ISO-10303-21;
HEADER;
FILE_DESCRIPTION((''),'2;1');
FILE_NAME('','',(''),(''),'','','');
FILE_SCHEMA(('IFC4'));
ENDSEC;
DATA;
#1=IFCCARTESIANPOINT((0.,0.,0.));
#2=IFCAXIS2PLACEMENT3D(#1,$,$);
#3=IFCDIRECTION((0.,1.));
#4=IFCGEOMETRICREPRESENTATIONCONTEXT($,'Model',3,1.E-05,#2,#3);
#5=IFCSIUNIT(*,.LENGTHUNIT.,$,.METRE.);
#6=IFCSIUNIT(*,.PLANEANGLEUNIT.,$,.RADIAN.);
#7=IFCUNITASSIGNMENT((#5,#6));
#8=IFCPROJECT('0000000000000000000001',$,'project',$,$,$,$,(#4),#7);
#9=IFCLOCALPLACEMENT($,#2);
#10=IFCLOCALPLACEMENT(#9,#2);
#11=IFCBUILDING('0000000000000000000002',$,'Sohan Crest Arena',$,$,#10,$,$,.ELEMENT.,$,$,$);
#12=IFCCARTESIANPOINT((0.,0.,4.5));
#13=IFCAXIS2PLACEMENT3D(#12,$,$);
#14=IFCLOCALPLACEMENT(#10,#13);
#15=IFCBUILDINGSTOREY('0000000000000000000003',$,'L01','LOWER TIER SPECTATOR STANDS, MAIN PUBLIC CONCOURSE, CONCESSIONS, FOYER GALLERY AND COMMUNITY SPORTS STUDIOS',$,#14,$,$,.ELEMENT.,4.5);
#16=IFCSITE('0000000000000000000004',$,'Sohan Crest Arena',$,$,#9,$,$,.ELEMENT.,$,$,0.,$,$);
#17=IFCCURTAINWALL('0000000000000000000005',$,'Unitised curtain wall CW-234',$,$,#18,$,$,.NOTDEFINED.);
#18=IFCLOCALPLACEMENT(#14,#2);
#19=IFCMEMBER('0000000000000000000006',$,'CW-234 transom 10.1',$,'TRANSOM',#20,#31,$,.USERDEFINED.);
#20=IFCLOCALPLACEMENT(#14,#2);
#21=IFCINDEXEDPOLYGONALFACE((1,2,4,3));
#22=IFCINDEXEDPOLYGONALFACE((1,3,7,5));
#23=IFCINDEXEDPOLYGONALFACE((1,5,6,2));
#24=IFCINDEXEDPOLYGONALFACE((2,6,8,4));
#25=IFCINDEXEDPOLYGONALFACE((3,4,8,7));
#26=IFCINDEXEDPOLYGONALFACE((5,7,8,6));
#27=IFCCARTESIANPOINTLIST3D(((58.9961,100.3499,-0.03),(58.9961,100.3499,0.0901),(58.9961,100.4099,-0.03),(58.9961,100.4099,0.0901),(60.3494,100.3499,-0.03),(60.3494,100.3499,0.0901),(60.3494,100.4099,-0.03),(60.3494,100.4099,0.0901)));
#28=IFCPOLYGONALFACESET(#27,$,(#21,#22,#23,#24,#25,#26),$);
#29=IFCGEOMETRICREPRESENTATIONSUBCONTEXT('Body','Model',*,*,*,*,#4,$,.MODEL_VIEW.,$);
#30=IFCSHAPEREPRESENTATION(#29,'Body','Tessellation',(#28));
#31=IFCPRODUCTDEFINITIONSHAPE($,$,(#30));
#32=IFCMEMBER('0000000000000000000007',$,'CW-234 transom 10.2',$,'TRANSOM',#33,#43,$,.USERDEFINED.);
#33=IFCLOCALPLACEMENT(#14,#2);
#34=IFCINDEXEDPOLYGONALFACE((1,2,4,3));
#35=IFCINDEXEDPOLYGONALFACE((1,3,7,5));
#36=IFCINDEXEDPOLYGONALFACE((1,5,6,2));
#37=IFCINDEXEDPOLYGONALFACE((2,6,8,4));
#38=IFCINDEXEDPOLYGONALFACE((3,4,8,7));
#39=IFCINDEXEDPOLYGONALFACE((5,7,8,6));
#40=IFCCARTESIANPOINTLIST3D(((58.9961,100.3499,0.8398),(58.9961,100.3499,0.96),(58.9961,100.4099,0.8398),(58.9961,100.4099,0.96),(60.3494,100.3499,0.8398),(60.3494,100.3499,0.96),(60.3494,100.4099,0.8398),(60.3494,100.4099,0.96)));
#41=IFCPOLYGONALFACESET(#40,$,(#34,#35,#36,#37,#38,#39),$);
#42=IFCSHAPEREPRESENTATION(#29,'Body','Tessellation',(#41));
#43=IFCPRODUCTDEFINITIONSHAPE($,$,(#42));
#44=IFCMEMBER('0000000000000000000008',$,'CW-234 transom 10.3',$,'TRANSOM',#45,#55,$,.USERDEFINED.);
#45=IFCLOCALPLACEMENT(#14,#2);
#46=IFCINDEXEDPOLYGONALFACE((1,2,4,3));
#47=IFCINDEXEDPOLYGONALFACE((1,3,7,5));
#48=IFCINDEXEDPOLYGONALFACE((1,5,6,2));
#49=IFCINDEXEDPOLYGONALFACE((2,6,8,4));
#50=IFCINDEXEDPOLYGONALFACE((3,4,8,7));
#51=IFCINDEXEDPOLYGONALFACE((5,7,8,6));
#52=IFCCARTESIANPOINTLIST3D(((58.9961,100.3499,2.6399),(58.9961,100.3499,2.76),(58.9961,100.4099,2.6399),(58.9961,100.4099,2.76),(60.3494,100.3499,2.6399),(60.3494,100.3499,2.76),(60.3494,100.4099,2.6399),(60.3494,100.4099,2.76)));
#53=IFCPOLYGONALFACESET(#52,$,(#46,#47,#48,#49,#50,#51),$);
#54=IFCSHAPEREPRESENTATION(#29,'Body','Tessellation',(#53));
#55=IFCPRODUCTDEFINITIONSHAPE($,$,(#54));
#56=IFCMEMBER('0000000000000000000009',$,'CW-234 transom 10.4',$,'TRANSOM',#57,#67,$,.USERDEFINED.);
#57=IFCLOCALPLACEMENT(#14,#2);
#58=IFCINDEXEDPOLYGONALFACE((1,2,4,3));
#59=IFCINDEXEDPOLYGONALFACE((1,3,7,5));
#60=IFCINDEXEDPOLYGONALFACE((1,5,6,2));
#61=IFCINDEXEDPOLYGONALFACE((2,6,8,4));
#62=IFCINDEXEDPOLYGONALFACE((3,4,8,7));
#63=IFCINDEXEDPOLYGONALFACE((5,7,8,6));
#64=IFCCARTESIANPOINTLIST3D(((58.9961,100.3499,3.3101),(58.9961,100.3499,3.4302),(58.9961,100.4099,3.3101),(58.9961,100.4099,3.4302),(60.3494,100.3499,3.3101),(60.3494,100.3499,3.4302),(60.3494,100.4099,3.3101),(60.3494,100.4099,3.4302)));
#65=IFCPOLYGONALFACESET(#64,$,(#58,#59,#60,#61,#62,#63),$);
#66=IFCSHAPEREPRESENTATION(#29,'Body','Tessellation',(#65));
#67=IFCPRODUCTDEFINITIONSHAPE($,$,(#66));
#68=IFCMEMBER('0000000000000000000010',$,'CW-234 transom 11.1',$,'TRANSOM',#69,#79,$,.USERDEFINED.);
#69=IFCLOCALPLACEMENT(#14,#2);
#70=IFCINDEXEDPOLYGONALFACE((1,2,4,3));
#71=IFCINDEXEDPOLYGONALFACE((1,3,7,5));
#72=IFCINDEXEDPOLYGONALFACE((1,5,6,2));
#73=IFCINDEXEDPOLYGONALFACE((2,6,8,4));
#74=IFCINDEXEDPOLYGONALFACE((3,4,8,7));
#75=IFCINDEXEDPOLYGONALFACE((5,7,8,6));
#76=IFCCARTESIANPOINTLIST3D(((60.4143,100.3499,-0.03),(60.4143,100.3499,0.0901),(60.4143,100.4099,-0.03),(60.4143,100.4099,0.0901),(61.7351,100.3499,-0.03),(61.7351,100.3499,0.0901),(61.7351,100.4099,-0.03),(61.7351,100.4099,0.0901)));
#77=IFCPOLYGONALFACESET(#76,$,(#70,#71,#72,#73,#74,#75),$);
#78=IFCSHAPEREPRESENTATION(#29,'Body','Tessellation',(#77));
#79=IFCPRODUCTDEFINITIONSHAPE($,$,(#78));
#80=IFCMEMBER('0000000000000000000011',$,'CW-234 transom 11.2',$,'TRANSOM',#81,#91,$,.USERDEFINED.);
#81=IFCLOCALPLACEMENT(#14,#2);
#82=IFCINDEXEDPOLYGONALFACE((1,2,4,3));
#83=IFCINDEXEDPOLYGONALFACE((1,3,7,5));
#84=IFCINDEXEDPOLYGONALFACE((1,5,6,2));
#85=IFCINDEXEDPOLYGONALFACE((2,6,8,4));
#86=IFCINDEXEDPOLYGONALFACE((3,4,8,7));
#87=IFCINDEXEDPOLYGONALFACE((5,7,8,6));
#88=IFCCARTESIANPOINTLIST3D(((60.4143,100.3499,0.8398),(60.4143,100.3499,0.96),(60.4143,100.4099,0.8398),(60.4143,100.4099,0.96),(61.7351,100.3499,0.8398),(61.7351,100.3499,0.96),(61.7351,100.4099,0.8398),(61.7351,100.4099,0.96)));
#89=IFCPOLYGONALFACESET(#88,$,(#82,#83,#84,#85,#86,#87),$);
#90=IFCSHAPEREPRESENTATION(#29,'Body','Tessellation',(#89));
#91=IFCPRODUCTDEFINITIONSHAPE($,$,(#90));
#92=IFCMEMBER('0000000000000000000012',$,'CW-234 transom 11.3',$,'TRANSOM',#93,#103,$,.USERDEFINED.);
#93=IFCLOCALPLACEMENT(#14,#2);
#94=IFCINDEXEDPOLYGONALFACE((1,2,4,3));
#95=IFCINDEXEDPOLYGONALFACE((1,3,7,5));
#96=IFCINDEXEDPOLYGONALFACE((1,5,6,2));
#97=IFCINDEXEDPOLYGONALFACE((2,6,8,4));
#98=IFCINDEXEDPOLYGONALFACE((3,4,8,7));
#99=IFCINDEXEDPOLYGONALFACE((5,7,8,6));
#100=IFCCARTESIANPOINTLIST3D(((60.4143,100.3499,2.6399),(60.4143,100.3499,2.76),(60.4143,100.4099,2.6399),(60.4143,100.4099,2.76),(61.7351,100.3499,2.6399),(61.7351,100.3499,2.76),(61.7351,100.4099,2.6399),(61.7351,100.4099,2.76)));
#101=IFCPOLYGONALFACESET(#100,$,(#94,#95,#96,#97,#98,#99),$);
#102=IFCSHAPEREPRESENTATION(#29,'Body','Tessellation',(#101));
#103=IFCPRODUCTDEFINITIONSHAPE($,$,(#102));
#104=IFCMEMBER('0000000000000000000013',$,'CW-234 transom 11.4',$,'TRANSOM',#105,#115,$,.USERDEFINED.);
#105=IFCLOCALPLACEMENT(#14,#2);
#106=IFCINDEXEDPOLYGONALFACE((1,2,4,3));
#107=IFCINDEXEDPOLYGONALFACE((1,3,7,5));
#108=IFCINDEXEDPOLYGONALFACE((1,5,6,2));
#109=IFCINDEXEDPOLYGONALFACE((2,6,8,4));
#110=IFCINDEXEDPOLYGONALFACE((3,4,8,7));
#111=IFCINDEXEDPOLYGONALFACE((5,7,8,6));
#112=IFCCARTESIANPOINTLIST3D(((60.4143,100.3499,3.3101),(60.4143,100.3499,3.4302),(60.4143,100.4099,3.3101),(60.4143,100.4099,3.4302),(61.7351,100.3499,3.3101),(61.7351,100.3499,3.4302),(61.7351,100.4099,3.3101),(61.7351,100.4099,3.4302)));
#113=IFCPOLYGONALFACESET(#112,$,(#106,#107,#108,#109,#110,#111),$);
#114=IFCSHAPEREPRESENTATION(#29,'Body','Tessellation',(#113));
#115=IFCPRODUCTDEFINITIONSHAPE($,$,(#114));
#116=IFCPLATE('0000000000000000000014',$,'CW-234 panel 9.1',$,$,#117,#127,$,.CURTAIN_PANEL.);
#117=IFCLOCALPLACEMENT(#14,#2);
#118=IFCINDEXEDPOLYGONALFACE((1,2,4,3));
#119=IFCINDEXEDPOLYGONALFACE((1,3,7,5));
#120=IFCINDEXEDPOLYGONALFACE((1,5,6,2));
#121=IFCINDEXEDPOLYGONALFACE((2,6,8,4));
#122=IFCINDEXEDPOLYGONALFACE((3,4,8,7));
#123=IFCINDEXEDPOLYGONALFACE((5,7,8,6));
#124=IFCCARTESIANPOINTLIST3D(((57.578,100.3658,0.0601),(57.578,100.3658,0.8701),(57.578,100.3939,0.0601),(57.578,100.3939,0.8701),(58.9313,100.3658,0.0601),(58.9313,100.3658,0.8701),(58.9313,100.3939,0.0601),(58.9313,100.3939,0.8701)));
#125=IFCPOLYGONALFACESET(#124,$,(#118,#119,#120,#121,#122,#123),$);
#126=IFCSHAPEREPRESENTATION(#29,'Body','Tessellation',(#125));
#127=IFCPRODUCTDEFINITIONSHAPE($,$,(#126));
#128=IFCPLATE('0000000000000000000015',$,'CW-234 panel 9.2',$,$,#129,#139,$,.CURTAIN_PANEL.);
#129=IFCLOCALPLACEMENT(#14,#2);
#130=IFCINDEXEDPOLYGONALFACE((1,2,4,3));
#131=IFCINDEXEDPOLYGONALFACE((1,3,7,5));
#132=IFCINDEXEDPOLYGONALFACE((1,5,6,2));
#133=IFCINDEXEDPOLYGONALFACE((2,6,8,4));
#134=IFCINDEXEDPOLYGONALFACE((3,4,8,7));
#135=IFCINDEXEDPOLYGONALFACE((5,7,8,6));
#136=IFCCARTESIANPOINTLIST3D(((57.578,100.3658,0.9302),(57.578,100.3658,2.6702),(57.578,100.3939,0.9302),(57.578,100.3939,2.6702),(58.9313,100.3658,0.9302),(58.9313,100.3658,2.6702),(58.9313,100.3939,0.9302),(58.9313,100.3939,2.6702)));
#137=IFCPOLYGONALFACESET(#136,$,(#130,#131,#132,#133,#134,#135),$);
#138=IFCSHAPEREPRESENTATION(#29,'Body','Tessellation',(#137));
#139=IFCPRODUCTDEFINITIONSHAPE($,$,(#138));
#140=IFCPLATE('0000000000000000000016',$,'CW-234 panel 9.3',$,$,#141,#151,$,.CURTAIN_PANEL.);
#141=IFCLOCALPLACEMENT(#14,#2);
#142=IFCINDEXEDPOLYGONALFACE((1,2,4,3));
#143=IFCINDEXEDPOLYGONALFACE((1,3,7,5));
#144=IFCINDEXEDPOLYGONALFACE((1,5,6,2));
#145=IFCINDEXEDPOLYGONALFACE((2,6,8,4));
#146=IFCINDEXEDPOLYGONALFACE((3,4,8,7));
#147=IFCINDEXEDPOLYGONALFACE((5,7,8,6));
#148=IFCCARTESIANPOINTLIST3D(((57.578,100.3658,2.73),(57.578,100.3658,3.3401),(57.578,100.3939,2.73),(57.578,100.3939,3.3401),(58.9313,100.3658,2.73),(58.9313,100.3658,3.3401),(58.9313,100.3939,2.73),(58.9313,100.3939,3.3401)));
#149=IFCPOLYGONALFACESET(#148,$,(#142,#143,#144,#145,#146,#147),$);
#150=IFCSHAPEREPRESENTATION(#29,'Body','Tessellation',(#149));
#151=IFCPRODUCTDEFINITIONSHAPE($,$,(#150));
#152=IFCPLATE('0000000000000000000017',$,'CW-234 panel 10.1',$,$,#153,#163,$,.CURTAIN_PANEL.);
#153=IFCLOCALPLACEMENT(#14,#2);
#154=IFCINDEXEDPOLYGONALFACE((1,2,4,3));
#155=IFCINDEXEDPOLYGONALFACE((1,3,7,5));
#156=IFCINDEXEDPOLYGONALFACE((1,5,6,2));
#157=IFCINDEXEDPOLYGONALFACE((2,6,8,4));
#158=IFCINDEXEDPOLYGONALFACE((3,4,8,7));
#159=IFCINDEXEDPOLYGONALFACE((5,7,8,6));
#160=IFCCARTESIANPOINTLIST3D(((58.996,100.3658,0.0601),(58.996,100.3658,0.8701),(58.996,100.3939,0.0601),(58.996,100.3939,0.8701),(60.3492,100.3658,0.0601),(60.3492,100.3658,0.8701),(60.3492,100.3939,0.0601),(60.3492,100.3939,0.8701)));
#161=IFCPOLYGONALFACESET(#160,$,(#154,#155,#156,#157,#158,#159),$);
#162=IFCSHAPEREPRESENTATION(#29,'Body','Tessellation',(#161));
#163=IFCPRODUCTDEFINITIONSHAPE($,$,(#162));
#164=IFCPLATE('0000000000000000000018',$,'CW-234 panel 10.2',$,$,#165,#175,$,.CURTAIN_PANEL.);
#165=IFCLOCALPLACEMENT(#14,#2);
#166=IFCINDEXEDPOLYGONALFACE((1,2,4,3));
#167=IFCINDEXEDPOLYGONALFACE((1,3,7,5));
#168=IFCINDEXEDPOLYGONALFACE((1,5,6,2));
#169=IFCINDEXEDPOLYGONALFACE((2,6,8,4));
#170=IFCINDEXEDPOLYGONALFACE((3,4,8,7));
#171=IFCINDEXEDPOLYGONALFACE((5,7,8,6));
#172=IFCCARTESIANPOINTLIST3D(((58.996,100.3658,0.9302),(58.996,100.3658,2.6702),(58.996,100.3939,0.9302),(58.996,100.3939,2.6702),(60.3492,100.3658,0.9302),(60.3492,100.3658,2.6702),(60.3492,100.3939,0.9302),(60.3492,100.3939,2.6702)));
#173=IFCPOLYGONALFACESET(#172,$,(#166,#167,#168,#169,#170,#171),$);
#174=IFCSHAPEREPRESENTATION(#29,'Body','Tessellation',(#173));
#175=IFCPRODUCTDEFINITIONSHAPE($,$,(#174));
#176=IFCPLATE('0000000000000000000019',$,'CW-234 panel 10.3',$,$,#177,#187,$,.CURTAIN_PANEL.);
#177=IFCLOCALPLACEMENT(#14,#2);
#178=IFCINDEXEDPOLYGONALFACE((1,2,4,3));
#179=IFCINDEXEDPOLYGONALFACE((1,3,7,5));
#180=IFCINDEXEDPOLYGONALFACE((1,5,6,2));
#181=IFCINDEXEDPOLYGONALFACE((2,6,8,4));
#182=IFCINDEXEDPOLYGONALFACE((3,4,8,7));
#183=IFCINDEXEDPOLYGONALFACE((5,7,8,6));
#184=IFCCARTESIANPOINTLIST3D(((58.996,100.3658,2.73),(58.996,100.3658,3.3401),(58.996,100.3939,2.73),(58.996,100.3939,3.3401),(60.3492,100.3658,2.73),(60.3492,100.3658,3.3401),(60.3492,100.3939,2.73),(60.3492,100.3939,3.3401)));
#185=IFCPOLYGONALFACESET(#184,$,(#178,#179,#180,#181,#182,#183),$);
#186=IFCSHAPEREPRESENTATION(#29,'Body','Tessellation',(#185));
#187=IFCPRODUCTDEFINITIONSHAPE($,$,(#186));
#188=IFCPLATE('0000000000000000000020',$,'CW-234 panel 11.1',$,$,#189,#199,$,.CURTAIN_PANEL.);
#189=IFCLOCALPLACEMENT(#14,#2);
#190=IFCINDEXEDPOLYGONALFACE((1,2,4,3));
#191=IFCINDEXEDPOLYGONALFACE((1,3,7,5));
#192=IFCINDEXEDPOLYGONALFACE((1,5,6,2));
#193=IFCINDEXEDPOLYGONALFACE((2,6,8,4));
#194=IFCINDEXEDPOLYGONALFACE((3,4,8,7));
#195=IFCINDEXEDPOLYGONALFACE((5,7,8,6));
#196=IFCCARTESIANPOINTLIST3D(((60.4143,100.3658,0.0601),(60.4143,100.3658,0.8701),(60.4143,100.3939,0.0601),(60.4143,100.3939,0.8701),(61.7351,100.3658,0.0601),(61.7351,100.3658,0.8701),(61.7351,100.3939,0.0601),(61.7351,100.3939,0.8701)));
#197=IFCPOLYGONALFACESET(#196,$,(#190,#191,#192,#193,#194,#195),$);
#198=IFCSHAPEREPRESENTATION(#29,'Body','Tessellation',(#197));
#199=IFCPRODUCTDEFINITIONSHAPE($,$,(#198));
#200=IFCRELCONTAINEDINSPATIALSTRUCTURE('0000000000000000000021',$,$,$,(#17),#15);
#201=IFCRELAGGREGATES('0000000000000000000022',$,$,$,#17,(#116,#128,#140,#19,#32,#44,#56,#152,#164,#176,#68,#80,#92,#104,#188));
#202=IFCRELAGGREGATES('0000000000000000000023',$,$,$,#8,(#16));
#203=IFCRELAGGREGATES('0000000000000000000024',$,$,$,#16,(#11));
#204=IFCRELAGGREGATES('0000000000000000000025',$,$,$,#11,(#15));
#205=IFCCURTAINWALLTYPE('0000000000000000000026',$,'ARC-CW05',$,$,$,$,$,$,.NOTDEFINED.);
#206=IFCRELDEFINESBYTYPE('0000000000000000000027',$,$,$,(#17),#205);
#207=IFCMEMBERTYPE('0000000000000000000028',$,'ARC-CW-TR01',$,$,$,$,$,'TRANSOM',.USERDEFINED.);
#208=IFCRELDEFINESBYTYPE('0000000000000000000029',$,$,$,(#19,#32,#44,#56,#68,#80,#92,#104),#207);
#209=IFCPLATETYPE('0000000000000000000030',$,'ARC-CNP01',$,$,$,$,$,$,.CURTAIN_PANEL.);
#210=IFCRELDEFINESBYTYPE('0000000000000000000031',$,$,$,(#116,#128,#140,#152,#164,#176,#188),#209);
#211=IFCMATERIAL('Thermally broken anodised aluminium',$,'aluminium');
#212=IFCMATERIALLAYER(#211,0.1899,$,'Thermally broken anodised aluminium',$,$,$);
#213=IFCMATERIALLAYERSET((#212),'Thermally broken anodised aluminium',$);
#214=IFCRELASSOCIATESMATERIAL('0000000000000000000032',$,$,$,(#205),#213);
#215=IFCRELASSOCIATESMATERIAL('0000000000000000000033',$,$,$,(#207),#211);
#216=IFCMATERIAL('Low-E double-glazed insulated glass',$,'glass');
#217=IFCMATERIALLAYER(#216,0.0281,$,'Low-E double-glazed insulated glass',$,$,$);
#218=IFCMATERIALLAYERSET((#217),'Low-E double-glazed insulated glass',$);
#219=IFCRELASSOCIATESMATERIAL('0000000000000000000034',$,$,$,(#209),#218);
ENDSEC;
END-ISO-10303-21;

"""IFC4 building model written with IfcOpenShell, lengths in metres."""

from ifc_helpers import new_model, si_unit, direction, frame, origin, origin_2d, place, context, subcontext, project, spatial, rectangle, extrude, material, layer, layer_set, material_profile, profile_set, type_object, element, aggregate, save


model = new_model("IFC4")

# Units and contexts
model_context = context("Model", 3, precision=1e-05, world=origin(), true_north=direction((0.0, 1.0)))
body_context = subcontext(model_context, "Body", "Model", "MODEL_VIEW")
ifc_project = project(units=[si_unit("LENGTHUNIT", "METRE"), si_unit("PLANEANGLEUNIT", "RADIAN")], contexts=[model_context])

# Site, building, storey
site_placement = place(None, origin())
site = spatial("IfcSite", under=ifc_project, at=site_placement, Name="Sohan Crest Arena", CompositionType="ELEMENT", RefElevation=0.0)
building_placement = place(site_placement, origin())
building = spatial("IfcBuilding", under=site, at=building_placement, Name="Sohan Crest Arena", CompositionType="ELEMENT")
storey_placement = place(building_placement, frame((0.0, 0.0, 4.5)))
storey = spatial("IfcBuildingStorey", under=building, at=storey_placement, Name="L01", Description="LOWER TIER SPECTATOR STANDS, MAIN PUBLIC CONCOURSE, CONCESSIONS, FOYER GALLERY AND COMMUNITY SPORTS STUDIOS", CompositionType="ELEMENT", Elevation=4.5)

# Curtain wall
ifc_material_1 = material(Name="Thermally broken anodised aluminium", Category="aluminium")
ifc_layer_1 = layer(ifc_material_1, 0.1899, Name="Thermally broken anodised aluminium")
ifc_layer_set_1 = layer_set([ifc_layer_1], Name="Thermally broken anodised aluminium")
curtain_wall_type_1 = type_object("IfcCurtainWallType", Name="ARC-CW05", PredefinedType="NOTDEFINED", material=ifc_layer_set_1)
curtain_wall_1_placement = place(storey_placement, origin())
curtain_wall_1 = element("IfcCurtainWall", 1, at=curtain_wall_1_placement, inside=storey, type_object=curtain_wall_type_1, Name="Unitised curtain wall CW-234", PredefinedType="NOTDEFINED")
ifc_material_profile_1 = material_profile(ifc_material_1, rectangle(XDim=0.0601, YDim=0.1201, at=origin_2d()), Name="ALU-TRAN 60x120")
ifc_profile_set_1 = profile_set([ifc_material_profile_1], Name="Thermally broken anodised aluminium")
member_type_1 = type_object("IfcMemberType", Name="ARC-CW-TR01", ElementType="TRANSOM", PredefinedType="USERDEFINED", material=ifc_profile_set_1)

# Members
member_1_placement = place(storey_placement, frame((58.9961, 100.3799, 0.03), z_axis=(1.0, 0.0, 0.0), x_axis=(0.0, 1.0, 0.0)))
member_1 = element("IfcMember", 2, at=member_1_placement, type_object=member_type_1, Name="CW-234 transom 10.1", ObjectType="TRANSOM", PredefinedType="USERDEFINED", context=body_context, shape_type="SweptSolid", body=[
    extrude(rectangle(XDim=0.0601, YDim=0.1201, at=origin_2d()), origin(), (0.0, 0.0, 1.0), 1.3533),
])
member_2_placement = place(storey_placement, frame((58.9961, 100.3799, 0.8999), z_axis=(1.0, 0.0, 0.0), x_axis=(0.0, 1.0, 0.0)))
member_2 = element("IfcMember", 3, at=member_2_placement, type_object=member_type_1, Name="CW-234 transom 10.2", ObjectType="TRANSOM", PredefinedType="USERDEFINED", context=body_context, shape_type="SweptSolid", body=[
    extrude(rectangle(XDim=0.0601, YDim=0.1201, at=origin_2d()), origin(), (0.0, 0.0, 1.0), 1.3533),
])
member_3_placement = place(storey_placement, frame((58.9961, 100.3799, 2.7), z_axis=(1.0, 0.0, 0.0), x_axis=(0.0, 1.0, 0.0)))
member_3 = element("IfcMember", 4, at=member_3_placement, type_object=member_type_1, Name="CW-234 transom 10.3", ObjectType="TRANSOM", PredefinedType="USERDEFINED", context=body_context, shape_type="SweptSolid", body=[
    extrude(rectangle(XDim=0.0601, YDim=0.1201, at=origin_2d()), origin(), (0.0, 0.0, 1.0), 1.3533),
])
member_4_placement = place(storey_placement, frame((58.9961, 100.3799, 3.3701), z_axis=(1.0, 0.0, 0.0), x_axis=(0.0, 1.0, 0.0)))
member_4 = element("IfcMember", 5, at=member_4_placement, type_object=member_type_1, Name="CW-234 transom 10.4", ObjectType="TRANSOM", PredefinedType="USERDEFINED", context=body_context, shape_type="SweptSolid", body=[
    extrude(rectangle(XDim=0.0601, YDim=0.1201, at=origin_2d()), origin(), (0.0, 0.0, 1.0), 1.3533),
])
member_5_placement = place(storey_placement, frame((60.4143, 100.3799, 0.03), z_axis=(1.0, 0.0, 0.0), x_axis=(0.0, 1.0, 0.0)))
member_5 = element("IfcMember", 6, at=member_5_placement, type_object=member_type_1, Name="CW-234 transom 11.1", ObjectType="TRANSOM", PredefinedType="USERDEFINED", context=body_context, shape_type="SweptSolid", body=[
    extrude(rectangle(XDim=0.0601, YDim=0.1201, at=origin_2d()), origin(), (0.0, 0.0, 1.0), 1.3208),
])
member_6_placement = place(storey_placement, frame((60.4143, 100.3799, 0.8999), z_axis=(1.0, 0.0, 0.0), x_axis=(0.0, 1.0, 0.0)))
member_6 = element("IfcMember", 7, at=member_6_placement, type_object=member_type_1, Name="CW-234 transom 11.2", ObjectType="TRANSOM", PredefinedType="USERDEFINED", context=body_context, shape_type="SweptSolid", body=[
    extrude(rectangle(XDim=0.0601, YDim=0.1201, at=origin_2d()), origin(), (0.0, 0.0, 1.0), 1.3208),
])
member_7_placement = place(storey_placement, frame((60.4143, 100.3799, 2.7), z_axis=(1.0, 0.0, 0.0), x_axis=(0.0, 1.0, 0.0)))
member_7 = element("IfcMember", 8, at=member_7_placement, type_object=member_type_1, Name="CW-234 transom 11.3", ObjectType="TRANSOM", PredefinedType="USERDEFINED", context=body_context, shape_type="SweptSolid", body=[
    extrude(rectangle(XDim=0.0601, YDim=0.1201, at=origin_2d()), origin(), (0.0, 0.0, 1.0), 1.3208),
])
member_8_placement = place(storey_placement, frame((60.4143, 100.3799, 3.3701), z_axis=(1.0, 0.0, 0.0), x_axis=(0.0, 1.0, 0.0)))
member_8 = element("IfcMember", 9, at=member_8_placement, type_object=member_type_1, Name="CW-234 transom 11.4", ObjectType="TRANSOM", PredefinedType="USERDEFINED", context=body_context, shape_type="SweptSolid", body=[
    extrude(rectangle(XDim=0.0601, YDim=0.1201, at=origin_2d()), origin(), (0.0, 0.0, 1.0), 1.3208),
])

# Plates
ifc_material_2 = material(Name="Low-E double-glazed insulated glass", Category="glass")
ifc_layer_2 = layer(ifc_material_2, 0.0281, Name="Low-E double-glazed insulated glass")
ifc_layer_set_2 = layer_set([ifc_layer_2], Name="Low-E double-glazed insulated glass")
plate_type_1 = type_object("IfcPlateType", Name="ARC-CNP01", PredefinedType="CURTAIN_PANEL", material=ifc_layer_set_2)
plate_1_placement = place(storey_placement, frame((58.2546, 100.3799, 0.0601), z_axis=(0.0, 0.0, 1.0), x_axis=(1.0, 0.0, 0.0)))
plate_1 = element("IfcPlate", 10, at=plate_1_placement, type_object=plate_type_1, Name="CW-234 panel 9.1", PredefinedType="CURTAIN_PANEL", context=body_context, shape_type="SweptSolid", body=[
    extrude(rectangle(XDim=1.3533, YDim=0.0281, at=origin_2d()), origin(), (0.0, 0.0, 1.0), 0.8101),
])
plate_2_placement = place(storey_placement, frame((58.2546, 100.3799, 0.9302), z_axis=(0.0, 0.0, 1.0), x_axis=(1.0, 0.0, 0.0)))
plate_2 = element("IfcPlate", 11, at=plate_2_placement, type_object=plate_type_1, Name="CW-234 panel 9.2", PredefinedType="CURTAIN_PANEL", context=body_context, shape_type="SweptSolid", body=[
    extrude(rectangle(XDim=1.3533, YDim=0.0281, at=origin_2d()), origin(), (0.0, 0.0, 1.0), 1.74),
])
plate_3_placement = place(storey_placement, frame((58.2546, 100.3799, 2.73), z_axis=(0.0, 0.0, 1.0), x_axis=(1.0, 0.0, 0.0)))
plate_3 = element("IfcPlate", 12, at=plate_3_placement, type_object=plate_type_1, Name="CW-234 panel 9.3", PredefinedType="CURTAIN_PANEL", context=body_context, shape_type="SweptSolid", body=[
    extrude(rectangle(XDim=1.3533, YDim=0.0281, at=origin_2d()), origin(), (0.0, 0.0, 1.0), 0.6101),
])
plate_4_placement = place(storey_placement, frame((59.6726, 100.3799, 0.0601), z_axis=(0.0, 0.0, 1.0), x_axis=(1.0, 0.0, 0.0)))
plate_4 = element("IfcPlate", 13, at=plate_4_placement, type_object=plate_type_1, Name="CW-234 panel 10.1", PredefinedType="CURTAIN_PANEL", context=body_context, shape_type="SweptSolid", body=[
    extrude(rectangle(XDim=1.3533, YDim=0.0281, at=origin_2d()), origin(), (0.0, 0.0, 1.0), 0.8101),
])
plate_5_placement = place(storey_placement, frame((59.6726, 100.3799, 0.9302), z_axis=(0.0, 0.0, 1.0), x_axis=(1.0, 0.0, 0.0)))
plate_5 = element("IfcPlate", 14, at=plate_5_placement, type_object=plate_type_1, Name="CW-234 panel 10.2", PredefinedType="CURTAIN_PANEL", context=body_context, shape_type="SweptSolid", body=[
    extrude(rectangle(XDim=1.3533, YDim=0.0281, at=origin_2d()), origin(), (0.0, 0.0, 1.0), 1.74),
])
plate_6_placement = place(storey_placement, frame((59.6726, 100.3799, 2.73), z_axis=(0.0, 0.0, 1.0), x_axis=(1.0, 0.0, 0.0)))
plate_6 = element("IfcPlate", 15, at=plate_6_placement, type_object=plate_type_1, Name="CW-234 panel 10.3", PredefinedType="CURTAIN_PANEL", context=body_context, shape_type="SweptSolid", body=[
    extrude(rectangle(XDim=1.3533, YDim=0.0281, at=origin_2d()), origin(), (0.0, 0.0, 1.0), 0.6101),
])
plate_7_placement = place(storey_placement, frame((61.0747, 100.3799, 0.0601), z_axis=(0.0, 0.0, 1.0), x_axis=(1.0, 0.0, 0.0)))
plate_7 = element("IfcPlate", 16, at=plate_7_placement, type_object=plate_type_1, Name="CW-234 panel 11.1", PredefinedType="CURTAIN_PANEL", context=body_context, shape_type="SweptSolid", body=[
    extrude(rectangle(XDim=1.3208, YDim=0.0281, at=origin_2d()), origin(), (0.0, 0.0, 1.0), 0.8101),
])
aggregate(curtain_wall_1, [plate_1, plate_2, plate_3, member_1, member_2, member_3, member_4, plate_4, plate_5, plate_6, member_5, member_6, member_7, member_8, plate_7])

save(model, "model.ifc")
